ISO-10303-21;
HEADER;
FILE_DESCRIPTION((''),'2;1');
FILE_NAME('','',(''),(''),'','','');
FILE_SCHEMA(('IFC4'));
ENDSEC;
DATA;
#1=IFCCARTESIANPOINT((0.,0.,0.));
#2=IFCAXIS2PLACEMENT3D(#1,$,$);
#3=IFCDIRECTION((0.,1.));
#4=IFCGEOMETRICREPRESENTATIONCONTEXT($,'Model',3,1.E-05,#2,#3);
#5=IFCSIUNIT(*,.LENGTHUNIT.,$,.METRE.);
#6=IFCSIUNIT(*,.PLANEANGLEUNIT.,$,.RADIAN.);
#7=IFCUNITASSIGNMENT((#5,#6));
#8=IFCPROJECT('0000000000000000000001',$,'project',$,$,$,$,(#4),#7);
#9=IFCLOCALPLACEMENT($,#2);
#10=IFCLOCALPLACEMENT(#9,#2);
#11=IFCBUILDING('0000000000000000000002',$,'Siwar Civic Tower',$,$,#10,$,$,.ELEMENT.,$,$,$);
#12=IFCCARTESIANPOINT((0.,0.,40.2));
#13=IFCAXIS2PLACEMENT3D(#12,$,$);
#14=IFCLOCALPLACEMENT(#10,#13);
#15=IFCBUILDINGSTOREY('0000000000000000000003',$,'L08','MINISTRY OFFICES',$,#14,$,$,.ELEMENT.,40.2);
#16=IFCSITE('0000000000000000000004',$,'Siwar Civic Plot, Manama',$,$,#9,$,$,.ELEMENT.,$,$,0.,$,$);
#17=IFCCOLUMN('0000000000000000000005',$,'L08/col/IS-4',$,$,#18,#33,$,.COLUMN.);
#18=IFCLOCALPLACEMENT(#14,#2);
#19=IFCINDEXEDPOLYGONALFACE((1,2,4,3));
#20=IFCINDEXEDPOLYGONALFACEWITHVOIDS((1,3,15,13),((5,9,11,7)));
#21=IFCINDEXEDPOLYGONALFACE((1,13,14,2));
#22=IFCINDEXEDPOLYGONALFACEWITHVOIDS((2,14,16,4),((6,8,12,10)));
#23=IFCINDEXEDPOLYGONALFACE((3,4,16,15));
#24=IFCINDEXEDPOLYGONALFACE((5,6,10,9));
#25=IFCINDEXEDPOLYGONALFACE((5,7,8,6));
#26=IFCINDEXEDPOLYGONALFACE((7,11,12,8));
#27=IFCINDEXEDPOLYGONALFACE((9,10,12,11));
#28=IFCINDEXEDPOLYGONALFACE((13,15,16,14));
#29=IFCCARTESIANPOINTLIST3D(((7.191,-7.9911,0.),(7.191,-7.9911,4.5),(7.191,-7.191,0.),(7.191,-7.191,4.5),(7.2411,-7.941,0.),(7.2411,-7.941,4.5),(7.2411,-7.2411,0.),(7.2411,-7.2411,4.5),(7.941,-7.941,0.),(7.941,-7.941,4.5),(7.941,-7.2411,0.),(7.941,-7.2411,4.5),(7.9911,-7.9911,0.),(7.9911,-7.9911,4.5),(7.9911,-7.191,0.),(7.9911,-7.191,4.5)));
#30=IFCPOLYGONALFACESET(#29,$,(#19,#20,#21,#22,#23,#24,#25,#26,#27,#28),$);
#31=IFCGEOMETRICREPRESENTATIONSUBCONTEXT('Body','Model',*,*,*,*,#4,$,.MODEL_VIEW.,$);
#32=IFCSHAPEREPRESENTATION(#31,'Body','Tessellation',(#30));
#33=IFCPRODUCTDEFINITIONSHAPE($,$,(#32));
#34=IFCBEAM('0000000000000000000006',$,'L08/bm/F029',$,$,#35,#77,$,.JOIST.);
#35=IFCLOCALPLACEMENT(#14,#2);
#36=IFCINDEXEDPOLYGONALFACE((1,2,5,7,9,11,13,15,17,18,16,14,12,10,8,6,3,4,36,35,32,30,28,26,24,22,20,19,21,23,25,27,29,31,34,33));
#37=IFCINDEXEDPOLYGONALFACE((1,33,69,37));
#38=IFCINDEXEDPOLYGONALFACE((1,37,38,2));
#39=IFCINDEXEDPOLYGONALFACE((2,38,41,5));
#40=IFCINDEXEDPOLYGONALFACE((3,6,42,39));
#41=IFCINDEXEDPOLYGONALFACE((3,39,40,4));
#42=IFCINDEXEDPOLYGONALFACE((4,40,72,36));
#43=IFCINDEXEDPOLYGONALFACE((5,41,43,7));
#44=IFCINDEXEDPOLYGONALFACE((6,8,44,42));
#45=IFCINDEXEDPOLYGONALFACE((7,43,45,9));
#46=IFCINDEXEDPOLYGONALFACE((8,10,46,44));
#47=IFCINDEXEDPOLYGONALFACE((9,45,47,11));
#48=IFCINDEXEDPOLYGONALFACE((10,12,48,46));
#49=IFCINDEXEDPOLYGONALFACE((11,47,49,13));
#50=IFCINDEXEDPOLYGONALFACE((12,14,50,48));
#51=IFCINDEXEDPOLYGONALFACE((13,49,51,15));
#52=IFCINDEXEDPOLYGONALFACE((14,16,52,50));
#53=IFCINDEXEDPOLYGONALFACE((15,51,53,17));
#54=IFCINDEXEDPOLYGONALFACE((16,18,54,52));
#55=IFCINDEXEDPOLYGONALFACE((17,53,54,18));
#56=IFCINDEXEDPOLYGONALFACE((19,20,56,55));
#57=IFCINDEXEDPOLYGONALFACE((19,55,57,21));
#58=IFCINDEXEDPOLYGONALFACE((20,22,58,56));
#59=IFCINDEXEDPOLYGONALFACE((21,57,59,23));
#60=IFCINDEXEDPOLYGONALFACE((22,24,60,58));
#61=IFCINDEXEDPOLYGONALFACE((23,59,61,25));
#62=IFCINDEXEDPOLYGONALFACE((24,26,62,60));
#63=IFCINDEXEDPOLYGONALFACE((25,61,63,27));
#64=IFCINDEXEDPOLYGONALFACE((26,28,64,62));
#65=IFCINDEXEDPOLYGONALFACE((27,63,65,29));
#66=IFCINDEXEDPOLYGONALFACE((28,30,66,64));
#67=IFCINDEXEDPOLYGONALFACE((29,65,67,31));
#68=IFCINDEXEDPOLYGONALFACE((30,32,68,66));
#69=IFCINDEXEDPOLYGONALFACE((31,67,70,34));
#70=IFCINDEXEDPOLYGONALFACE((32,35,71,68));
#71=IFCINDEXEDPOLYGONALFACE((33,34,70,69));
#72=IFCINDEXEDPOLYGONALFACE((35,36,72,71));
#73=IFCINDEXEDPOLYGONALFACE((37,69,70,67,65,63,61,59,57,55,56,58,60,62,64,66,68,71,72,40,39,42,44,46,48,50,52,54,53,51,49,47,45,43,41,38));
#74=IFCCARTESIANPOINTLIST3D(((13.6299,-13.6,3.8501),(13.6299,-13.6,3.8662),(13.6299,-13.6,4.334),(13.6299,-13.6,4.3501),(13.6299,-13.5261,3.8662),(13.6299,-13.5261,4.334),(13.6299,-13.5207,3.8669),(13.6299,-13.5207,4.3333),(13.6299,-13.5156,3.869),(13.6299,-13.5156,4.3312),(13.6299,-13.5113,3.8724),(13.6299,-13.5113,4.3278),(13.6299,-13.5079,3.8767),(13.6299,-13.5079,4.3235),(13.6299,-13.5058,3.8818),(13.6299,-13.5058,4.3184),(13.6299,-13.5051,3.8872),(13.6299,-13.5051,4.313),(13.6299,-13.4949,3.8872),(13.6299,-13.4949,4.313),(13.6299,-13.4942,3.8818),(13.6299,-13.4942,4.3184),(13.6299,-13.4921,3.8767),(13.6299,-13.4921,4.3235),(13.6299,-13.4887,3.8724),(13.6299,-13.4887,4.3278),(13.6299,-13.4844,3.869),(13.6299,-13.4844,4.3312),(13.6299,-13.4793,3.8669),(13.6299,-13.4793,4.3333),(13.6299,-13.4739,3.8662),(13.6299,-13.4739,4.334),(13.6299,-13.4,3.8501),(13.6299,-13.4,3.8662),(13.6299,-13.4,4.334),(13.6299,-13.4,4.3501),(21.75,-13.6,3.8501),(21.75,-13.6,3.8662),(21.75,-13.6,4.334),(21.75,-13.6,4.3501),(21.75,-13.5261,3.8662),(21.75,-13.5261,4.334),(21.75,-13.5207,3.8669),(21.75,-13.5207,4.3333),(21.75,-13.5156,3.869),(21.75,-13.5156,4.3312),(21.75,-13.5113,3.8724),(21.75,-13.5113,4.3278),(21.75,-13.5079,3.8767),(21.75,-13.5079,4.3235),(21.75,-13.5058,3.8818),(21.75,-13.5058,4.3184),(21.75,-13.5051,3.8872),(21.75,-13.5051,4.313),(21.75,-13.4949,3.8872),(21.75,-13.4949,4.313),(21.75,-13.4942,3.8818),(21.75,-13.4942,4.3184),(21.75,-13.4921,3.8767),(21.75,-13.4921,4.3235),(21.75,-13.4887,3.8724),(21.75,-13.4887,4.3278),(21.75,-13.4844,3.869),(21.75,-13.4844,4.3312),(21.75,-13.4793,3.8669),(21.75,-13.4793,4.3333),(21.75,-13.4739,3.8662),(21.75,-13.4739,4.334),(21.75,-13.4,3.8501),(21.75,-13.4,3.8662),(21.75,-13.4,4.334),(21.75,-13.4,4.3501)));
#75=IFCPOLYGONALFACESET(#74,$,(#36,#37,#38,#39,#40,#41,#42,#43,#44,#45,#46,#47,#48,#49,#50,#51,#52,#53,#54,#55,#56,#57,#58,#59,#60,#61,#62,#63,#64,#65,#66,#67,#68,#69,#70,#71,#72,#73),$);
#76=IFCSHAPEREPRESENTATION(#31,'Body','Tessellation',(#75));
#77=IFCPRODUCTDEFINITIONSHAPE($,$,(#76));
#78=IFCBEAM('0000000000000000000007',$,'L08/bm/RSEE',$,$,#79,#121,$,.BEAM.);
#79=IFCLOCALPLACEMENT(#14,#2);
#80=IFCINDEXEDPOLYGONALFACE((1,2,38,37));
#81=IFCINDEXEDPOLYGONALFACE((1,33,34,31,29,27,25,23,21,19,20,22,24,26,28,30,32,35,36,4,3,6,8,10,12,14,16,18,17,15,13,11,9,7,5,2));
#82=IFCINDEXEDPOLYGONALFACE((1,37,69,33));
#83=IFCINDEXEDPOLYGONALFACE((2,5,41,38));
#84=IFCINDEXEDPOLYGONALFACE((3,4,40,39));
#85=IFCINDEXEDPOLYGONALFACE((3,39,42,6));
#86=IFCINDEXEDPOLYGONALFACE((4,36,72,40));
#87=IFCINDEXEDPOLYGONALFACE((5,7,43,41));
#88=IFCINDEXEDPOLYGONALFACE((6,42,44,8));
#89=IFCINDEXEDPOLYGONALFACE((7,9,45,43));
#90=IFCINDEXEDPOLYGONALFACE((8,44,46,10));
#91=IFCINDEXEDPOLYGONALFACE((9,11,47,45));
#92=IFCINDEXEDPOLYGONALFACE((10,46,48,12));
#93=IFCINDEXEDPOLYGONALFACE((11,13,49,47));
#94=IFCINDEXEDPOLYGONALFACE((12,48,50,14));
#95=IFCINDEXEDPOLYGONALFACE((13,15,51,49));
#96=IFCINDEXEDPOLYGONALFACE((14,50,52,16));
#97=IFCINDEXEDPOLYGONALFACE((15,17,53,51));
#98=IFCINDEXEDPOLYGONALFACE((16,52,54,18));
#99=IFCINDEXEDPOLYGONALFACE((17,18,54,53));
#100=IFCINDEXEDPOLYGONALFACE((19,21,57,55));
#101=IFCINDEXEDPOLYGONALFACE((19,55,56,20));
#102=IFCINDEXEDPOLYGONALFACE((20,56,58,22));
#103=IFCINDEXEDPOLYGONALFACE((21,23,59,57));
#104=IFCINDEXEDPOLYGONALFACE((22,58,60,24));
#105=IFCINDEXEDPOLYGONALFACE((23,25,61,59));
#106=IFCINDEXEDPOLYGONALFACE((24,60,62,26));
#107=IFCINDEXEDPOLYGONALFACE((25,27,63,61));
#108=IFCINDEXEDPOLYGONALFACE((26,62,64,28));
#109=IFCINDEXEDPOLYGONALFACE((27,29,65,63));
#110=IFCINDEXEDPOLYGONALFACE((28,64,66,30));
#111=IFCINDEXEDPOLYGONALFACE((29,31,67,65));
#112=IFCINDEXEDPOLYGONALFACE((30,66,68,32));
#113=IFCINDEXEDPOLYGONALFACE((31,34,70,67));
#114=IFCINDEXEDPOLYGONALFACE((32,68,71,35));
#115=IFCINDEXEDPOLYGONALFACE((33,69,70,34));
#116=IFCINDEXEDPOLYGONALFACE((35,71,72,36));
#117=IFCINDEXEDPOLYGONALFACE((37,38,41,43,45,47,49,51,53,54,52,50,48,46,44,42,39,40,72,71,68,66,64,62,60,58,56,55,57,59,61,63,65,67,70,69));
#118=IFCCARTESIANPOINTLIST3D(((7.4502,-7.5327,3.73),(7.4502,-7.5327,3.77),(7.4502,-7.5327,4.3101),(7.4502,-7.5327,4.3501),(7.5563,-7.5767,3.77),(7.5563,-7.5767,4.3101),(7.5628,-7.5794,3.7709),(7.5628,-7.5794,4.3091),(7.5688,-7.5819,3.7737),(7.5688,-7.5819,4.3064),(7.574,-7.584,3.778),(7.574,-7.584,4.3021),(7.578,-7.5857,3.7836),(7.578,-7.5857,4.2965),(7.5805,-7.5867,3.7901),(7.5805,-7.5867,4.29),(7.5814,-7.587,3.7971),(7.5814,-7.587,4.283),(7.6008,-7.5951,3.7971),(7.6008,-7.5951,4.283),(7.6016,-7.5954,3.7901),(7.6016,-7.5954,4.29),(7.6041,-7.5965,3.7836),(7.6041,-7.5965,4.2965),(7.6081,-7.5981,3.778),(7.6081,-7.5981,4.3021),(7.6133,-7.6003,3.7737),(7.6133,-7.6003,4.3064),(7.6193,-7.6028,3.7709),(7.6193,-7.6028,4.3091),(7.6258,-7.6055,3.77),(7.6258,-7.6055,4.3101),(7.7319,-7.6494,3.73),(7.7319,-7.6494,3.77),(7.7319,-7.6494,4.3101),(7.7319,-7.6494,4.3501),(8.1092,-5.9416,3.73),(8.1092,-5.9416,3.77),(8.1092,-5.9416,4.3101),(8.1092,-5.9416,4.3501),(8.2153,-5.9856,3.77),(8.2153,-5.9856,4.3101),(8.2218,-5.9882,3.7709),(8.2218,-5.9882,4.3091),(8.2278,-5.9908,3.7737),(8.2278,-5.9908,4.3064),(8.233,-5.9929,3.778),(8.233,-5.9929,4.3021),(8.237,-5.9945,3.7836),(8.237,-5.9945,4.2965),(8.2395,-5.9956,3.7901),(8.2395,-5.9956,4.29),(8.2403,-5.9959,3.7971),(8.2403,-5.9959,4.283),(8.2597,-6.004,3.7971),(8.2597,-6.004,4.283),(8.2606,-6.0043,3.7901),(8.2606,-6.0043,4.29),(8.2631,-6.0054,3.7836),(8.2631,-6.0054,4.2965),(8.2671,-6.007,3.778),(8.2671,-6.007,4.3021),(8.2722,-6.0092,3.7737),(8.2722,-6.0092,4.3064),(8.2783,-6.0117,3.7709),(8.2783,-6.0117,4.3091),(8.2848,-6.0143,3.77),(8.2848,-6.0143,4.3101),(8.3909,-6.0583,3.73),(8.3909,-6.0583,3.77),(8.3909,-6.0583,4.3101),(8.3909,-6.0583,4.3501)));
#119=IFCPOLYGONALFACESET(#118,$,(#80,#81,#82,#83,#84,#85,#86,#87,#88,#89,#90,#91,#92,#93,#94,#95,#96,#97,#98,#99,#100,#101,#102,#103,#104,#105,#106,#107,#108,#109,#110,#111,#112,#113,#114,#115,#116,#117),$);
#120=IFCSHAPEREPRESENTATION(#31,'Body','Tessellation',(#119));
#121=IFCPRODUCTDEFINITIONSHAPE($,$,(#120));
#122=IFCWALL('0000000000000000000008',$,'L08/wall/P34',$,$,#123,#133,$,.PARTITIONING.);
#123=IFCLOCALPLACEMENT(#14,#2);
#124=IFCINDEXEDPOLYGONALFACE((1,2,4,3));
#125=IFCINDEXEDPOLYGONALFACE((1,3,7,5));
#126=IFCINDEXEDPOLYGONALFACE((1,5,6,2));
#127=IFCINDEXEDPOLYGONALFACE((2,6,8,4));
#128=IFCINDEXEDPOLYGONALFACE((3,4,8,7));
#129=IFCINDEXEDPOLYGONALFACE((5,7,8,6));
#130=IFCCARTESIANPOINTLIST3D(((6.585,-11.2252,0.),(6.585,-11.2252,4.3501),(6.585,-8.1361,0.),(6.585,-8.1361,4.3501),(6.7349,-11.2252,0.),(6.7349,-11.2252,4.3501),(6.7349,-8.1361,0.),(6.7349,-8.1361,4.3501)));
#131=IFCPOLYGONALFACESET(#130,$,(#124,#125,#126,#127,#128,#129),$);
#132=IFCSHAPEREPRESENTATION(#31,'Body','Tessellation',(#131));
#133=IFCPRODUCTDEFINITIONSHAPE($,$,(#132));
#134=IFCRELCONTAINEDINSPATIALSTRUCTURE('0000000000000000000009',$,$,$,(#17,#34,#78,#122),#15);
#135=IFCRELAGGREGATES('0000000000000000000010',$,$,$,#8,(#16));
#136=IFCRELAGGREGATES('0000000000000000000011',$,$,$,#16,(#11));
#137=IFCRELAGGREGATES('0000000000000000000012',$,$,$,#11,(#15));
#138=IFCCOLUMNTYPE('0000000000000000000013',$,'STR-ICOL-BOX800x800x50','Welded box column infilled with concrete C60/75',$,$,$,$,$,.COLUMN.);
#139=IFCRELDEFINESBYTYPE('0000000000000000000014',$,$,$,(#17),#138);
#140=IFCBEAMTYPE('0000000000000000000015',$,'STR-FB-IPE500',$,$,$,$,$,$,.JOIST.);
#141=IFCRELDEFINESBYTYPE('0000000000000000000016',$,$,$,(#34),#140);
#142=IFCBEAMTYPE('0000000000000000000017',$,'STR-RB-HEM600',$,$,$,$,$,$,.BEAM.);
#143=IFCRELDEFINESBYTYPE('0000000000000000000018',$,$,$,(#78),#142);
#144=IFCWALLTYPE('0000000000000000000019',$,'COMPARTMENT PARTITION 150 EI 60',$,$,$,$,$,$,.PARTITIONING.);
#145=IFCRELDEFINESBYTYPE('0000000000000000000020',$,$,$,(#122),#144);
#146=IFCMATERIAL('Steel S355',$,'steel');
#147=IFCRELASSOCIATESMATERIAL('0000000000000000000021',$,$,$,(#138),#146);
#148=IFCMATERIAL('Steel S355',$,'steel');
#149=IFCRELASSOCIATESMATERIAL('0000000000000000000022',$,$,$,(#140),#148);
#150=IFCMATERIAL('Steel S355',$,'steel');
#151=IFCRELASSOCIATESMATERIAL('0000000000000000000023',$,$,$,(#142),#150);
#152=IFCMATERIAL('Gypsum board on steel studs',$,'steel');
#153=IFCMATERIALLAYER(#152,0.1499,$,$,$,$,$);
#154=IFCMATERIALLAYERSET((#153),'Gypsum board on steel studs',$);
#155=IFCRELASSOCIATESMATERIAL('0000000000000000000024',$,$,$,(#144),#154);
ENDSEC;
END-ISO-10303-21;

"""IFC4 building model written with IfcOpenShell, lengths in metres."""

from ifc_helpers import new_model, si_unit, direction, frame, frame_2d, origin, origin_2d, place, context, subcontext, project, spatial, rectangle, hollow_rectangle, i_section, extrude, material, layer, layer_set, material_profile, profile_set, type_object, element, save


model = new_model("IFC4")

# Units and contexts
model_context = context("Model", 3, precision=1e-05, world=origin(), true_north=direction((0.0, 1.0)))
body_context = subcontext(model_context, "Body", "Model", "MODEL_VIEW")
ifc_project = project(units=[si_unit("LENGTHUNIT", "METRE"), si_unit("PLANEANGLEUNIT", "RADIAN")], contexts=[model_context])

# Site, building, storey
site_placement = place(None, origin())
site = spatial("IfcSite", under=ifc_project, at=site_placement, Name="Siwar Civic Plot, Manama", CompositionType="ELEMENT", RefElevation=0.0)
building_placement = place(site_placement, origin())
building = spatial("IfcBuilding", under=site, at=building_placement, Name="Siwar Civic Tower", CompositionType="ELEMENT")
storey_placement = place(building_placement, frame((0.0, 0.0, 40.2)))
storey = spatial("IfcBuildingStorey", under=building, at=storey_placement, Name="L08", Description="MINISTRY OFFICES", CompositionType="ELEMENT", Elevation=40.2)

# Column
ifc_material_1 = material(Name="Steel S355", Category="steel")
ifc_material_profile_1 = material_profile(ifc_material_1, hollow_rectangle(XDim=0.8, YDim=0.8, WallThickness=0.05, at=origin_2d()), Name="BOX800x800x50")
ifc_profile_set_1 = profile_set([ifc_material_profile_1], Name="Steel S355")
column_type = type_object("IfcColumnType", Name="STR-ICOL-BOX800x800x50", Description="Welded box column infilled with concrete C60/75", PredefinedType="COLUMN", material=ifc_profile_set_1)
column_placement = place(storey_placement, frame((7.5911, -7.5911, 0.0), z_axis=(0.0, 0.0, 1.0), x_axis=(1.0, 0.0, 0.0)))
element("IfcColumn", 1, at=column_placement, inside=storey, type_object=column_type, Name="L08/col/IS-4", PredefinedType="COLUMN", context=body_context, shape_type="SweptSolid", body=[
    extrude(hollow_rectangle(XDim=0.8, YDim=0.8, WallThickness=0.05, at=origin_2d()), origin(), (0.0, 0.0, 1.0), 4.5),
])

# Beams
ifc_material_2 = material(Name="Steel S355", Category="steel")
ifc_material_profile_2 = material_profile(ifc_material_2, i_section(OverallWidth=0.2, OverallDepth=0.5, WebThickness=0.0103, FlangeThickness=0.0161, FilletRadius=0.021, at=origin_2d()), Name="IPE500")
ifc_profile_set_2 = profile_set([ifc_material_profile_2], Name="Steel S355")
beam_type_1 = type_object("IfcBeamType", Name="STR-FB-IPE500", PredefinedType="JOIST", material=ifc_profile_set_2)
beam_1_placement = place(storey_placement, frame((13.6299, -13.5, 4.1001), z_axis=(1.0, 0.0, 0.0), x_axis=(0.0, 1.0, 0.0)))
element("IfcBeam", 2, at=beam_1_placement, inside=storey, type_object=beam_type_1, Name="L08/bm/F029", PredefinedType="JOIST", context=body_context, shape_type="SweptSolid", body=[
    extrude(i_section(OverallWidth=0.2, OverallDepth=0.5, WebThickness=0.0103, FlangeThickness=0.0161, FilletRadius=0.021, at=origin_2d()), origin(), (0.0, 0.0, 1.0), 8.1201),
])
ifc_material_3 = material(Name="Steel S355", Category="steel")
ifc_material_profile_3 = material_profile(ifc_material_3, i_section(OverallWidth=0.3049, OverallDepth=0.6201, WebThickness=0.021, FlangeThickness=0.04, FilletRadius=0.0271, at=origin_2d()), Name="HEM600")
ifc_profile_set_3 = profile_set([ifc_material_profile_3], Name="Steel S355")
beam_type_2 = type_object("IfcBeamType", Name="STR-RB-HEM600", PredefinedType="BEAM", material=ifc_profile_set_3)
beam_2_placement = place(storey_placement, frame((7.5911, -7.5911, 4.04), z_axis=(0.382631, 0.923901, 0.0), x_axis=(-0.923901, 0.382631, 0.0)))
element("IfcBeam", 3, at=beam_2_placement, inside=storey, type_object=beam_type_2, Name="L08/bm/RSEE", PredefinedType="BEAM", context=body_context, shape_type="SweptSolid", body=[
    extrude(i_section(OverallWidth=0.3049, OverallDepth=0.6201, WebThickness=0.021, FlangeThickness=0.04, FilletRadius=0.0271, at=origin_2d()), origin(), (0.0, 0.0, 1.0), 1.7222),
])

# Wall
ifc_material_4 = material(Name="Gypsum board on steel studs", Category="steel")
ifc_layer_1 = layer(ifc_material_4, 0.1499)
ifc_layer_set_1 = layer_set([ifc_layer_1], Name="Gypsum board on steel studs")
wall_type_1 = type_object("IfcWallType", Name="COMPARTMENT PARTITION 150 EI 60", PredefinedType="PARTITIONING", material=ifc_layer_set_1)
wall_1_placement = place(storey_placement, frame((6.6599, -11.2251, 0.0), z_axis=(0.0, 0.0, 1.0), x_axis=(0.0, 1.0, 0.0)))
element("IfcWall", 4, at=wall_1_placement, inside=storey, type_object=wall_type_1, Name="L08/wall/P34", PredefinedType="PARTITIONING", context=body_context, shape_type="SweptSolid", body=[
    extrude(rectangle(XDim=3.0891, YDim=0.1499, at=frame_2d((1.5444, 0.0))), origin(), (0.0, 0.0, 1.0), 4.3501),
])

save(model, "model.ifc")
